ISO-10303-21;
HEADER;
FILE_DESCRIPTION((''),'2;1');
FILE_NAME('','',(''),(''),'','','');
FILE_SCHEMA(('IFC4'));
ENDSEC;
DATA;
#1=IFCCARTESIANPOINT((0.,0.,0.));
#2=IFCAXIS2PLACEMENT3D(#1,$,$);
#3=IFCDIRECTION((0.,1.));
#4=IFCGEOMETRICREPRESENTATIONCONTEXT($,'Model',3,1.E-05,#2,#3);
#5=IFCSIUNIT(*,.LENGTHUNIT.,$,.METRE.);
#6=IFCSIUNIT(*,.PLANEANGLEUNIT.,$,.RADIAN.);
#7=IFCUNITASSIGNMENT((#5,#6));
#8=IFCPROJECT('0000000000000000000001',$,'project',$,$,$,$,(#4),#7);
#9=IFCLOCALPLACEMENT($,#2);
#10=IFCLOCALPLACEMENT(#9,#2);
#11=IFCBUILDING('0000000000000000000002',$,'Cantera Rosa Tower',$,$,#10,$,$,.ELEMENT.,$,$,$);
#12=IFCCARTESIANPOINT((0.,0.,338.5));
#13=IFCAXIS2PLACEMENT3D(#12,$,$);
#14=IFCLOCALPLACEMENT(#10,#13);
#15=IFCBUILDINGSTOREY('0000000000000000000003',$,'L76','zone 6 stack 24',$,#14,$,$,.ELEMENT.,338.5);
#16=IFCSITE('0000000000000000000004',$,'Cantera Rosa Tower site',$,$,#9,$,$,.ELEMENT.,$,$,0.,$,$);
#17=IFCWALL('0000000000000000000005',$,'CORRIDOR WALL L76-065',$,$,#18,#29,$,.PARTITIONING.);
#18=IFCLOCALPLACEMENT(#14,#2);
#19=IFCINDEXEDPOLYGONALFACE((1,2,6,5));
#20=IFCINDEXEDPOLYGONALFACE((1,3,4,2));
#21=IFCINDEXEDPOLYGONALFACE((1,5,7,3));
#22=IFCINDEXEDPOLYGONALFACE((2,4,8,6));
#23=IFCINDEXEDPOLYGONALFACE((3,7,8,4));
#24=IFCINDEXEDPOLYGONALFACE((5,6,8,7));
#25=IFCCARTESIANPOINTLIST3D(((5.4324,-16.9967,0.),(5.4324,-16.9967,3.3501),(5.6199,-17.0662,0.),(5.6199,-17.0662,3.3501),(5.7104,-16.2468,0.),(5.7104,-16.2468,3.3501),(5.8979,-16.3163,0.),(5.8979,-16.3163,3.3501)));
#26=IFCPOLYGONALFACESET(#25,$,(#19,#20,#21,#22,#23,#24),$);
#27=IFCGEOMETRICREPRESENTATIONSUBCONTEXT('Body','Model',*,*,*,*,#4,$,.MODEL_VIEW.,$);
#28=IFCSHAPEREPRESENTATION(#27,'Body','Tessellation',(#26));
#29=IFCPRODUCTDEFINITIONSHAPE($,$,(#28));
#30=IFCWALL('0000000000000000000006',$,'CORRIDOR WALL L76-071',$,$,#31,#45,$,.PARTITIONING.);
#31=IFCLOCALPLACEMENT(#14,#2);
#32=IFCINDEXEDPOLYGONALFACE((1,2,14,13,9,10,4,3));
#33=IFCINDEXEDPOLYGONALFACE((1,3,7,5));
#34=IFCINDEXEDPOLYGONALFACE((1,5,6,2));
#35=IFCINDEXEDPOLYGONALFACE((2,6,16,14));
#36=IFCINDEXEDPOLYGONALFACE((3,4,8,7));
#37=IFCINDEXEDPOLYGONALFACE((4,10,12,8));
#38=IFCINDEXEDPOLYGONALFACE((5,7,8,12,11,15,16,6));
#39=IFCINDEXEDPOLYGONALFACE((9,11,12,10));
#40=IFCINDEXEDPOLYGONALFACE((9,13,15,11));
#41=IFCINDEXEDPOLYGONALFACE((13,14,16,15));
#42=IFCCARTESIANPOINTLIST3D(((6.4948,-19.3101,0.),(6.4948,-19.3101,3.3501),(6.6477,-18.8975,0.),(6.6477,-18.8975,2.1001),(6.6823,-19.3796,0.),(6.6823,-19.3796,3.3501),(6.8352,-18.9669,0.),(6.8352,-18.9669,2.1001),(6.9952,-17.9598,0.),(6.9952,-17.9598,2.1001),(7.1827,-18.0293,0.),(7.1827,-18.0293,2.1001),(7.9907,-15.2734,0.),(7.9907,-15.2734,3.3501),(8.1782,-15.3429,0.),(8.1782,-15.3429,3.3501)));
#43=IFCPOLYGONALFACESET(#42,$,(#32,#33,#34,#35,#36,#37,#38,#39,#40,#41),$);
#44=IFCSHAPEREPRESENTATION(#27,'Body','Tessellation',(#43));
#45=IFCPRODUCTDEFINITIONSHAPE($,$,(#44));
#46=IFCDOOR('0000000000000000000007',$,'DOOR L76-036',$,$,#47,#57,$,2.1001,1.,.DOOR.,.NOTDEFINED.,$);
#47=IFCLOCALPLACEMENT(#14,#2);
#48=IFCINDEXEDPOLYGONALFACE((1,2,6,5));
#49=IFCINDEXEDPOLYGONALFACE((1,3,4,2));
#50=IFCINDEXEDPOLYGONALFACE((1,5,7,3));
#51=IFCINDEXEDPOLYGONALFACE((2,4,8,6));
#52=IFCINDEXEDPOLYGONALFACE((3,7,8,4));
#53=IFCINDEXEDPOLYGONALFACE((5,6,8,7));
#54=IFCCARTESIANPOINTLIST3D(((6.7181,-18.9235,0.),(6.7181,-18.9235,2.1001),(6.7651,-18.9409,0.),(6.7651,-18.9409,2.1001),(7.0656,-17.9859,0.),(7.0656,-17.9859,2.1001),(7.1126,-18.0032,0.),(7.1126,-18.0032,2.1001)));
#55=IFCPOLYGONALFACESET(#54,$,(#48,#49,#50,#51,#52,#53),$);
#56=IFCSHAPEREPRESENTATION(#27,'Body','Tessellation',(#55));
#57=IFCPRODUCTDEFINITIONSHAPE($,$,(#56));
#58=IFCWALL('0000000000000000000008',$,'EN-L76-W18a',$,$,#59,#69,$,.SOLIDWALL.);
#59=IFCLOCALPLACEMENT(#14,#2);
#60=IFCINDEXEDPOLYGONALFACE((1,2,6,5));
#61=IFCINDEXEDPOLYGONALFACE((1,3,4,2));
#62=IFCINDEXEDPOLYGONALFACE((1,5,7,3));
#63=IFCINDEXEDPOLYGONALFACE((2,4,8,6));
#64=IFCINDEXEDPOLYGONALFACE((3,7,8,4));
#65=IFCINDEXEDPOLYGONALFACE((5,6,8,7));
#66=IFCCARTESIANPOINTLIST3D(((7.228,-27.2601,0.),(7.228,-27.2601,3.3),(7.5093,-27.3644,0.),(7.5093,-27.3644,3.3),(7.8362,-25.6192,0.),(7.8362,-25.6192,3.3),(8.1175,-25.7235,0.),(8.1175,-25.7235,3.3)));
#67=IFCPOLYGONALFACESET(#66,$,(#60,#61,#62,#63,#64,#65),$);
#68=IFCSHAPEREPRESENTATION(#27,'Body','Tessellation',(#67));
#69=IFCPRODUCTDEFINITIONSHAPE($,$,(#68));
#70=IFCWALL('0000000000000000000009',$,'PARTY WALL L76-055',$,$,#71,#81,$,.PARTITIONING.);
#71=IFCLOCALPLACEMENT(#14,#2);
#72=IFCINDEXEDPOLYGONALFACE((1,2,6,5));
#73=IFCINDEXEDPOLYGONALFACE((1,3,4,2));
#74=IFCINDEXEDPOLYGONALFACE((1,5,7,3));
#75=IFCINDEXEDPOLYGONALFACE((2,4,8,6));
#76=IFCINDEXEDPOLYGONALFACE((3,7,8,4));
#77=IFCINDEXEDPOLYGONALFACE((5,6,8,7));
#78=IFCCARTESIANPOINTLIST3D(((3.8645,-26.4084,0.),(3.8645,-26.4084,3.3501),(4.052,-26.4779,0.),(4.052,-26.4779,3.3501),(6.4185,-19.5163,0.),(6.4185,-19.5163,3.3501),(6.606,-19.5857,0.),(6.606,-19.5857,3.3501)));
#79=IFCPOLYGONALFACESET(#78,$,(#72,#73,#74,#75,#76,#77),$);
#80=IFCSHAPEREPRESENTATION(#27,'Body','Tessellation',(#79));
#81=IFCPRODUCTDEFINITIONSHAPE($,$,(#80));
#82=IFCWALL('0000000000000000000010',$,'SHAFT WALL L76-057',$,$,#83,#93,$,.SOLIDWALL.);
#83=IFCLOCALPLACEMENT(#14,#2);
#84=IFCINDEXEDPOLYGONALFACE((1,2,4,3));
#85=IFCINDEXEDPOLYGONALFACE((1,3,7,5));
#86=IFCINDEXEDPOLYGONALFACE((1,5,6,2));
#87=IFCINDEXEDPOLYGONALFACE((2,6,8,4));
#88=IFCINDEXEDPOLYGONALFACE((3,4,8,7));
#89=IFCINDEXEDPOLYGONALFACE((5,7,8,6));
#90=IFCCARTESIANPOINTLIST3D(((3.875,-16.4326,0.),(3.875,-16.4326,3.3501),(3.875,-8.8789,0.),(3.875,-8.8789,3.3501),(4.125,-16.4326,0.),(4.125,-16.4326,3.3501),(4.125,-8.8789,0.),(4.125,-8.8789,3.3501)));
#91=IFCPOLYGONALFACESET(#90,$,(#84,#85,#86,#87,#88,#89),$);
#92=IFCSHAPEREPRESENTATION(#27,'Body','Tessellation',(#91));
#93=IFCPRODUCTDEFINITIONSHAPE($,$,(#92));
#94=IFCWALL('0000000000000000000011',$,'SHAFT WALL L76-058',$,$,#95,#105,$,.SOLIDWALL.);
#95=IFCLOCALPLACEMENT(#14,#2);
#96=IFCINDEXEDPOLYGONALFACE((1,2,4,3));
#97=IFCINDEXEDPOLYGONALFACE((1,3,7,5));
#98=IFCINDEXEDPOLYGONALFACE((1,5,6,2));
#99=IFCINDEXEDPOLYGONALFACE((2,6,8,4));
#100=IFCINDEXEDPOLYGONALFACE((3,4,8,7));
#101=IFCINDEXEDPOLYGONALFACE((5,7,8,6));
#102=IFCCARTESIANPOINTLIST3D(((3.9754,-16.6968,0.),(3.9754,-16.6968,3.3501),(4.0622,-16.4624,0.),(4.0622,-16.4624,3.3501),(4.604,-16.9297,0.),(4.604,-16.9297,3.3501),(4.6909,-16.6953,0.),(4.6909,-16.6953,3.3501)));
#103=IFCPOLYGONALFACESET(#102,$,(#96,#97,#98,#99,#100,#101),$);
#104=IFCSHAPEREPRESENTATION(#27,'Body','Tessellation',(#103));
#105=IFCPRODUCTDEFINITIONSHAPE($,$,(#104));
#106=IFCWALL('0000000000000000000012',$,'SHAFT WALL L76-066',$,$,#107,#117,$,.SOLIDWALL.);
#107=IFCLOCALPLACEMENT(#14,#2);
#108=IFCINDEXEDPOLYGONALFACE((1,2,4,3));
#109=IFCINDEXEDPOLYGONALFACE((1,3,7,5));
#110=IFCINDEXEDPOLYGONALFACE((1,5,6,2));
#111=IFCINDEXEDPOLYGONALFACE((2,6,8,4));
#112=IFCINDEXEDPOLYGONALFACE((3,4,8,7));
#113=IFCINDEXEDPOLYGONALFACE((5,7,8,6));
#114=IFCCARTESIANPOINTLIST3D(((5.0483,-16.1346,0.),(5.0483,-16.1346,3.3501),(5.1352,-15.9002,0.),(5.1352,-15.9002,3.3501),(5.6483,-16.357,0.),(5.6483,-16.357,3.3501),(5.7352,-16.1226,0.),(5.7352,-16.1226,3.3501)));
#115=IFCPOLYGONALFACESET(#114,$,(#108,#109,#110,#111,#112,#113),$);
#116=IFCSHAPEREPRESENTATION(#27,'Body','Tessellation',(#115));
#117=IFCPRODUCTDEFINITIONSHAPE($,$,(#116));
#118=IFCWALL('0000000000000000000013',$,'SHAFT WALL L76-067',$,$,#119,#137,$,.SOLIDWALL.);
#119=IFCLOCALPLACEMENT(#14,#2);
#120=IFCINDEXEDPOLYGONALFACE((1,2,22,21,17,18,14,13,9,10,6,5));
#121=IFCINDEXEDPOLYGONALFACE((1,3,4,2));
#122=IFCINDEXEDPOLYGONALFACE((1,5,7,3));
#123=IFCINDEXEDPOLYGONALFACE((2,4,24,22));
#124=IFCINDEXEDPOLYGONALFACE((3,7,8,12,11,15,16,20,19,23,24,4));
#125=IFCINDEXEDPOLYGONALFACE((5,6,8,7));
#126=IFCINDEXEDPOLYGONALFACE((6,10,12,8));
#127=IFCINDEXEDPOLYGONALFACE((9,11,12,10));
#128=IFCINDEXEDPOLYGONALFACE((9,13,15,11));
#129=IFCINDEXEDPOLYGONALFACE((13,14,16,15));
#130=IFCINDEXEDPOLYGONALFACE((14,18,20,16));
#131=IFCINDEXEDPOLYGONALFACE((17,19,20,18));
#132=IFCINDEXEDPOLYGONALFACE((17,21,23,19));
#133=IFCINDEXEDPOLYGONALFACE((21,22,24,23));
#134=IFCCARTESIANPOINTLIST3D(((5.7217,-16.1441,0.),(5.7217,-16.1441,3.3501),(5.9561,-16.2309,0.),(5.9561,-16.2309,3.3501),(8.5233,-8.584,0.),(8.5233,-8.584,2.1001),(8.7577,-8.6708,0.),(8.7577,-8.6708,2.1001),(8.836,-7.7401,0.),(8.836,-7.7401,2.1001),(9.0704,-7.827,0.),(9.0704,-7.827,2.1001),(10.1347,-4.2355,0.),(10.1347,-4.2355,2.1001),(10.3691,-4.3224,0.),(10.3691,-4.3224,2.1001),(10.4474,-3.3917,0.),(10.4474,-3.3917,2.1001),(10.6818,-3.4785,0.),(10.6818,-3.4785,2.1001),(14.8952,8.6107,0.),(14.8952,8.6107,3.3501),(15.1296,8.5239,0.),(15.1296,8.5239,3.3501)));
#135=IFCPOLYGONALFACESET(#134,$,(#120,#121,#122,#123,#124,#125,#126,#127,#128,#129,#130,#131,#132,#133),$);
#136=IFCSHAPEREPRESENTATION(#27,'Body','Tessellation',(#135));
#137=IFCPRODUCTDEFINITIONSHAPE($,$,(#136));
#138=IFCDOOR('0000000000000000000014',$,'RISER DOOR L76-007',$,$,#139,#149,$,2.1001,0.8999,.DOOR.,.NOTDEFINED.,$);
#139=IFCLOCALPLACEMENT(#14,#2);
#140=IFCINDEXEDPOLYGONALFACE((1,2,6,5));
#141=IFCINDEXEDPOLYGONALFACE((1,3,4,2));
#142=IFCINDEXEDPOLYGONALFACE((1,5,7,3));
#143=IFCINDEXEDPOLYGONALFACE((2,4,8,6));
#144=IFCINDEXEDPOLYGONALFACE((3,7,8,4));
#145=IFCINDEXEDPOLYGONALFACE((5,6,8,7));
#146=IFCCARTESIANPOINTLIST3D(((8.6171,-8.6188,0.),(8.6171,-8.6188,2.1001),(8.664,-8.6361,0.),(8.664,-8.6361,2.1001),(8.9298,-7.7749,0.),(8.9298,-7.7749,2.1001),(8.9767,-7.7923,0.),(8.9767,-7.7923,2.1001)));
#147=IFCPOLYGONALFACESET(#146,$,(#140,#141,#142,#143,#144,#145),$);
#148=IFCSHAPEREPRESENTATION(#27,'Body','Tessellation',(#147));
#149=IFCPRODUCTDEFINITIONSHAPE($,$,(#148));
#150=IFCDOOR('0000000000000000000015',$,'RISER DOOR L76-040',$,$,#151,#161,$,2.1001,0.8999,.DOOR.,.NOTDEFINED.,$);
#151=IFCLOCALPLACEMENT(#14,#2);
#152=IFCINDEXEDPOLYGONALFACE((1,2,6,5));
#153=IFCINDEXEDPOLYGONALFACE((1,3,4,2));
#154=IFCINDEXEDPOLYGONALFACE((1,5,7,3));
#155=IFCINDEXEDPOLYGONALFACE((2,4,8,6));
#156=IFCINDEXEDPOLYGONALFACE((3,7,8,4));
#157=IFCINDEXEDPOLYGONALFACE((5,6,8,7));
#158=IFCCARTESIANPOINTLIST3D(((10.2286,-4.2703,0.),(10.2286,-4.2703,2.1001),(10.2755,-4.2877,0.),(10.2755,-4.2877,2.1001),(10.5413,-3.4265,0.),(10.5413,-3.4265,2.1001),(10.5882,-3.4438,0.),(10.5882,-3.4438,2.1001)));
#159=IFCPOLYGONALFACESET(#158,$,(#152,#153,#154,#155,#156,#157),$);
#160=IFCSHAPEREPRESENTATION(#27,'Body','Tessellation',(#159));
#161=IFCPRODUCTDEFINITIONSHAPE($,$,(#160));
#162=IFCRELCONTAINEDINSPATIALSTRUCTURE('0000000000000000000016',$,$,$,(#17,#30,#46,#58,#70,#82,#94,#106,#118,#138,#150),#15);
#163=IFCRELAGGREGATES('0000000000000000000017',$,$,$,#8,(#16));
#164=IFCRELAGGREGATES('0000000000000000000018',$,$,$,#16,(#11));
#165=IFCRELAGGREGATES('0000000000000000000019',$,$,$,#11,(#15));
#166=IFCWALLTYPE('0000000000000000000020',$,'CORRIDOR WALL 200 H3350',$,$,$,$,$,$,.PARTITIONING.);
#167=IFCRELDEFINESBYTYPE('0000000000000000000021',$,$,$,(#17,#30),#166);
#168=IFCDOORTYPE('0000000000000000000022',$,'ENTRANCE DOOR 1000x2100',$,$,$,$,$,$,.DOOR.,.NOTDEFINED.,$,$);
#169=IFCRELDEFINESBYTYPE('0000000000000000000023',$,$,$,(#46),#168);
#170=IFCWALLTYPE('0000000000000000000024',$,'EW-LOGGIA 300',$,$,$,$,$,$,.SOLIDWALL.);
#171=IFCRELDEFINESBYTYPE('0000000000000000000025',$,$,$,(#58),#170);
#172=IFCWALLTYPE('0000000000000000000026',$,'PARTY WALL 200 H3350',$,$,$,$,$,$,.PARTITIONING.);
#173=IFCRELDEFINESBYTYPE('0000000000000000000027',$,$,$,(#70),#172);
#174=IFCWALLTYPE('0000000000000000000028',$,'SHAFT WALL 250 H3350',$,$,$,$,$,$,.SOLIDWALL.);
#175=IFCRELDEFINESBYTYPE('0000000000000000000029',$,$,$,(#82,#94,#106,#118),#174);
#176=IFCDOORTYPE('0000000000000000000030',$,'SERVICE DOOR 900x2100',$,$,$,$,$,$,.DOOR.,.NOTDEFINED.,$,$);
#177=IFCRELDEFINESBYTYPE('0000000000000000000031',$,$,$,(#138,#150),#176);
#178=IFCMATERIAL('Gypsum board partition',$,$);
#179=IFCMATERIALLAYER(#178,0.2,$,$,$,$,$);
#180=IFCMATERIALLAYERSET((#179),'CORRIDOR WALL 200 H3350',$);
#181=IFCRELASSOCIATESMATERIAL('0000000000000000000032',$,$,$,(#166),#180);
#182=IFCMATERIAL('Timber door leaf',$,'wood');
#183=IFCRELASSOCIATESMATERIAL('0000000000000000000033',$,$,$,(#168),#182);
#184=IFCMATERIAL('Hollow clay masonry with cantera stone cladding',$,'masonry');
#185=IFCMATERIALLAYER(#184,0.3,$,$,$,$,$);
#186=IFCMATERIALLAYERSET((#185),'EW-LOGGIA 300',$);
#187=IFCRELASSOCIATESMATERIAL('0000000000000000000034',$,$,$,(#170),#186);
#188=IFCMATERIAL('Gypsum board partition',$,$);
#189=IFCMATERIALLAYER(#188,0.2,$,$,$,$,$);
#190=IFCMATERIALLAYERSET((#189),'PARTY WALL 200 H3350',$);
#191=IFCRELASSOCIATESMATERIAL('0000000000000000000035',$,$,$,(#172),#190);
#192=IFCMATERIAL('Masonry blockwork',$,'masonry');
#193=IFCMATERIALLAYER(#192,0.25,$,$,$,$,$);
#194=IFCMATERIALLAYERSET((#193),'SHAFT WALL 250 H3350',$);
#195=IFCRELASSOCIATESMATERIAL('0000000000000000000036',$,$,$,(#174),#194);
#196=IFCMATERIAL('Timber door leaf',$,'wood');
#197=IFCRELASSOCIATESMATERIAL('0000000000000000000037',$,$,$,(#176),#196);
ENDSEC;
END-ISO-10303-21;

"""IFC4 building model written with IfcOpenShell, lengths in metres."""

from ifc_helpers import new_model, si_unit, direction, frame, frame_2d, origin, place, context, subcontext, project, spatial, rectangle, extrude, material, layer, layer_set, type_object, element, fill, save


model = new_model("IFC4")

# Units and contexts
model_context = context("Model", 3, precision=1e-05, world=origin(), true_north=direction((0.0, 1.0)))
body_context = subcontext(model_context, "Body", "Model", "MODEL_VIEW")
ifc_project = project(units=[si_unit("LENGTHUNIT", "METRE"), si_unit("PLANEANGLEUNIT", "RADIAN")], contexts=[model_context])

# Site, building, storey
site_placement = place(None, origin())
site = spatial("IfcSite", under=ifc_project, at=site_placement, Name="Cantera Rosa Tower site", CompositionType="ELEMENT", RefElevation=0.0)
building_placement = place(site_placement, origin())
building = spatial("IfcBuilding", under=site, at=building_placement, Name="Cantera Rosa Tower", CompositionType="ELEMENT")
storey_placement = place(building_placement, frame((0.0, 0.0, 338.5)))
storey = spatial("IfcBuildingStorey", under=building, at=storey_placement, Name="L76", Description="zone 6 stack 24", CompositionType="ELEMENT", Elevation=338.5)

# Wall
ifc_material_1 = material(Name="Gypsum board partition")
ifc_layer_1 = layer(ifc_material_1, 0.2)
ifc_layer_set_1 = layer_set([ifc_layer_1], Name="CORRIDOR WALL 200 H3350")
wall_type_1 = type_object("IfcWallType", Name="CORRIDOR WALL 200 H3350", PredefinedType="PARTITIONING", material=ifc_layer_set_1)
wall_1_placement = place(storey_placement, frame((5.5261, -17.0315, 0.0), z_axis=(0.0, 0.0, 1.0), x_axis=(0.347642, 0.937627, 0.0)))
element("IfcWall", 1, at=wall_1_placement, inside=storey, type_object=wall_type_1, Name="CORRIDOR WALL L76-065", PredefinedType="PARTITIONING", context=body_context, shape_type="SweptSolid", body=[
    extrude(rectangle(XDim=0.7998, YDim=0.2, at=frame_2d((0.3999, 0.0))), origin(), (0.0, 0.0, 1.0), 3.3501),
])

# Wall, opening, door
wall_2_placement = place(storey_placement, frame((6.5886, -19.3447, 0.0), z_axis=(0.0, 0.0, 1.0), x_axis=(0.347479, 0.937688, 0.0)))
wall_2 = element("IfcWall", 2, at=wall_2_placement, inside=storey, type_object=wall_type_1, Name="CORRIDOR WALL L76-071", PredefinedType="PARTITIONING", context=body_context, shape_type="SweptSolid", body=[
    extrude(rectangle(XDim=4.3049, YDim=0.2, at=frame_2d((2.1523, 0.0))), origin(), (0.0, 0.0, 1.0), 3.3501),
])
opening_1_placement = place(wall_2_placement, frame((0.4399, 0.0, 0.0)))
opening_1 = element("IfcOpeningElement", 3, at=opening_1_placement, cuts=wall_2, PredefinedType="OPENING", context=body_context, shape_type="SweptSolid", body=[
    extrude(rectangle(XDim=1.0, YDim=2.1001, at=frame_2d((0.5, 1.05))), frame((0.0, 0.1099, 0.0), z_axis=(0.0, -1.0, 0.0), x_axis=(1.0, 0.0, 0.0)), (0.0, 0.0, 1.0), 0.22),
])
ifc_material_2 = material(Name="Timber door leaf", Category="wood")
door_type_1 = type_object("IfcDoorType", Name="ENTRANCE DOOR 1000x2100", OperationType="NOTDEFINED", PredefinedType="DOOR", material=ifc_material_2)
door_1_placement = place(opening_1_placement, origin())
door_1 = element("IfcDoor", 4, at=door_1_placement, inside=storey, type_object=door_type_1, Name="DOOR L76-036", OperationType="NOTDEFINED", OverallHeight=2.1001, OverallWidth=1.0, PredefinedType="DOOR", context=body_context, shape_type="SweptSolid", body=[
    extrude(rectangle(XDim=1.0, YDim=2.1001, at=frame_2d((0.5, 1.05))), frame((0.0, 0.0249, 0.0), z_axis=(0.0, -1.0, 0.0), x_axis=(1.0, 0.0, 0.0)), (0.0, 0.0, 1.0), 0.05),
])
fill(opening_1, door_1)

# Wall
ifc_material_3 = material(Name="Hollow clay masonry with cantera stone cladding", Category="masonry")
ifc_layer_2 = layer(ifc_material_3, 0.3)
ifc_layer_set_2 = layer_set([ifc_layer_2], Name="EW-LOGGIA 300")
wall_type_2 = type_object("IfcWallType", Name="EW-LOGGIA 300", PredefinedType="SOLIDWALL", material=ifc_layer_set_2)
wall_3_placement = place(storey_placement, frame((7.3687, -27.3123, 0.0), z_axis=(0.0, 0.0, 1.0), x_axis=(0.347528, 0.93767, 0.0)))
element("IfcWall", 5, at=wall_3_placement, inside=storey, type_object=wall_type_2, Name="EN-L76-W18a", PredefinedType="SOLIDWALL", context=body_context, shape_type="SweptSolid", body=[
    extrude(rectangle(XDim=1.75, YDim=0.3, at=frame_2d((0.875, 0.0))), origin(), (0.0, 0.0, 1.0), 3.3),
])

# Walls
ifc_material_4 = material(Name="Gypsum board partition")
ifc_layer_3 = layer(ifc_material_4, 0.2)
ifc_layer_set_3 = layer_set([ifc_layer_3], Name="PARTY WALL 200 H3350")
wall_type_3 = type_object("IfcWallType", Name="PARTY WALL 200 H3350", PredefinedType="PARTITIONING", material=ifc_layer_set_3)
wall_4_placement = place(storey_placement, frame((3.9583, -26.4431, 0.0), z_axis=(0.0, 0.0, 1.0), x_axis=(0.347473, 0.93769, 0.0)))
element("IfcWall", 6, at=wall_4_placement, inside=storey, type_object=wall_type_3, Name="PARTY WALL L76-055", PredefinedType="PARTITIONING", context=body_context, shape_type="SweptSolid", body=[
    extrude(rectangle(XDim=7.3501, YDim=0.2, at=frame_2d((3.675, 0.0))), origin(), (0.0, 0.0, 1.0), 3.3501),
])
ifc_material_5 = material(Name="Masonry blockwork", Category="masonry")
ifc_layer_4 = layer(ifc_material_5, 0.25)
ifc_layer_set_4 = layer_set([ifc_layer_4], Name="SHAFT WALL 250 H3350")
wall_type_4 = type_object("IfcWallType", Name="SHAFT WALL 250 H3350", PredefinedType="SOLIDWALL", material=ifc_layer_set_4)
wall_5_placement = place(storey_placement, frame((4.0, -16.4326, 0.0), z_axis=(0.0, 0.0, 1.0), x_axis=(0.0, 1.0, 0.0)))
element("IfcWall", 7, at=wall_5_placement, inside=storey, type_object=wall_type_4, Name="SHAFT WALL L76-057", PredefinedType="SOLIDWALL", context=body_context, shape_type="SweptSolid", body=[
    extrude(rectangle(XDim=7.5537, YDim=0.25, at=frame_2d((3.7769, 0.0))), origin(), (0.0, 0.0, 1.0), 3.3501),
])
wall_6_placement = place(storey_placement, frame((4.0188, -16.5796, 0.0), z_axis=(0.0, 0.0, 1.0), x_axis=(0.937714, -0.347409, 0.0)))
element("IfcWall", 8, at=wall_6_placement, inside=storey, type_object=wall_type_4, Name="SHAFT WALL L76-058", PredefinedType="SOLIDWALL", context=body_context, shape_type="SweptSolid", body=[
    extrude(rectangle(XDim=0.6704, YDim=0.25, at=frame_2d((0.3352, 0.0))), origin(), (0.0, 0.0, 1.0), 3.3501),
])
wall_7_placement = place(storey_placement, frame((5.6917, -16.2397, 0.0), z_axis=(0.0, 0.0, 1.0), x_axis=(-0.937671, 0.347526, 0.0)))
element("IfcWall", 9, at=wall_7_placement, inside=storey, type_object=wall_type_4, Name="SHAFT WALL L76-066", PredefinedType="SOLIDWALL", context=body_context, shape_type="SweptSolid", body=[
    extrude(rectangle(XDim=0.6399, YDim=0.25, at=frame_2d((0.3198, 0.0))), origin(), (0.0, 0.0, 1.0), 3.3501),
])

# Wall, openings, doors
wall_8_placement = place(storey_placement, frame((5.8389, -16.1875, 0.0), z_axis=(0.0, 0.0, 1.0), x_axis=(0.347485, 0.937686, 0.0)))
wall_8 = element("IfcWall", 10, at=wall_8_placement, inside=storey, type_object=wall_type_4, Name="SHAFT WALL L76-067", PredefinedType="SOLIDWALL", context=body_context, shape_type="SweptSolid", body=[
    extrude(rectangle(XDim=26.3999, YDim=0.25, at=frame_2d((13.2, 0.0))), origin(), (0.0, 0.0, 1.0), 3.3501),
])
opening_2_placement = place(wall_8_placement, frame((8.0625, 0.0, 0.0)))
opening_2 = element("IfcOpeningElement", 11, at=opening_2_placement, cuts=wall_8, PredefinedType="OPENING", context=body_context, shape_type="SweptSolid", body=[
    extrude(rectangle(XDim=0.8999, YDim=2.1001, at=frame_2d((0.45, 1.05))), frame((0.0, 0.135, 0.0), z_axis=(0.0, -1.0, 0.0), x_axis=(1.0, 0.0, 0.0)), (0.0, 0.0, 1.0), 0.27),
])
opening_3_placement = place(wall_8_placement, frame((12.7, 0.0, 0.0)))
opening_3 = element("IfcOpeningElement", 12, at=opening_3_placement, cuts=wall_8, PredefinedType="OPENING", context=body_context, shape_type="SweptSolid", body=[
    extrude(rectangle(XDim=0.8999, YDim=2.1001, at=frame_2d((0.45, 1.05))), frame((0.0, 0.135, 0.0), z_axis=(0.0, -1.0, 0.0), x_axis=(1.0, 0.0, 0.0)), (0.0, 0.0, 1.0), 0.27),
])
ifc_material_6 = material(Name="Timber door leaf", Category="wood")
door_type_2 = type_object("IfcDoorType", Name="SERVICE DOOR 900x2100", OperationType="NOTDEFINED", PredefinedType="DOOR", material=ifc_material_6)
door_2_placement = place(opening_2_placement, origin())
door_2 = element("IfcDoor", 13, at=door_2_placement, inside=storey, type_object=door_type_2, Name="RISER DOOR L76-007", OperationType="NOTDEFINED", OverallHeight=2.1001, OverallWidth=0.8999, PredefinedType="DOOR", context=body_context, shape_type="SweptSolid", body=[
    extrude(rectangle(XDim=0.8999, YDim=2.1001, at=frame_2d((0.45, 1.05))), frame((0.0, 0.0249, 0.0), z_axis=(0.0, -1.0, 0.0), x_axis=(1.0, 0.0, 0.0)), (0.0, 0.0, 1.0), 0.05),
])
fill(opening_2, door_2)
door_3_placement = place(opening_3_placement, origin())
door_3 = element("IfcDoor", 14, at=door_3_placement, inside=storey, type_object=door_type_2, Name="RISER DOOR L76-040", OperationType="NOTDEFINED", OverallHeight=2.1001, OverallWidth=0.8999, PredefinedType="DOOR", context=body_context, shape_type="SweptSolid", body=[
    extrude(rectangle(XDim=0.8999, YDim=2.1001, at=frame_2d((0.45, 1.05))), frame((0.0, 0.0249, 0.0), z_axis=(0.0, -1.0, 0.0), x_axis=(1.0, 0.0, 0.0)), (0.0, 0.0, 1.0), 0.05),
])
fill(opening_3, door_3)

save(model, "model.ifc")
